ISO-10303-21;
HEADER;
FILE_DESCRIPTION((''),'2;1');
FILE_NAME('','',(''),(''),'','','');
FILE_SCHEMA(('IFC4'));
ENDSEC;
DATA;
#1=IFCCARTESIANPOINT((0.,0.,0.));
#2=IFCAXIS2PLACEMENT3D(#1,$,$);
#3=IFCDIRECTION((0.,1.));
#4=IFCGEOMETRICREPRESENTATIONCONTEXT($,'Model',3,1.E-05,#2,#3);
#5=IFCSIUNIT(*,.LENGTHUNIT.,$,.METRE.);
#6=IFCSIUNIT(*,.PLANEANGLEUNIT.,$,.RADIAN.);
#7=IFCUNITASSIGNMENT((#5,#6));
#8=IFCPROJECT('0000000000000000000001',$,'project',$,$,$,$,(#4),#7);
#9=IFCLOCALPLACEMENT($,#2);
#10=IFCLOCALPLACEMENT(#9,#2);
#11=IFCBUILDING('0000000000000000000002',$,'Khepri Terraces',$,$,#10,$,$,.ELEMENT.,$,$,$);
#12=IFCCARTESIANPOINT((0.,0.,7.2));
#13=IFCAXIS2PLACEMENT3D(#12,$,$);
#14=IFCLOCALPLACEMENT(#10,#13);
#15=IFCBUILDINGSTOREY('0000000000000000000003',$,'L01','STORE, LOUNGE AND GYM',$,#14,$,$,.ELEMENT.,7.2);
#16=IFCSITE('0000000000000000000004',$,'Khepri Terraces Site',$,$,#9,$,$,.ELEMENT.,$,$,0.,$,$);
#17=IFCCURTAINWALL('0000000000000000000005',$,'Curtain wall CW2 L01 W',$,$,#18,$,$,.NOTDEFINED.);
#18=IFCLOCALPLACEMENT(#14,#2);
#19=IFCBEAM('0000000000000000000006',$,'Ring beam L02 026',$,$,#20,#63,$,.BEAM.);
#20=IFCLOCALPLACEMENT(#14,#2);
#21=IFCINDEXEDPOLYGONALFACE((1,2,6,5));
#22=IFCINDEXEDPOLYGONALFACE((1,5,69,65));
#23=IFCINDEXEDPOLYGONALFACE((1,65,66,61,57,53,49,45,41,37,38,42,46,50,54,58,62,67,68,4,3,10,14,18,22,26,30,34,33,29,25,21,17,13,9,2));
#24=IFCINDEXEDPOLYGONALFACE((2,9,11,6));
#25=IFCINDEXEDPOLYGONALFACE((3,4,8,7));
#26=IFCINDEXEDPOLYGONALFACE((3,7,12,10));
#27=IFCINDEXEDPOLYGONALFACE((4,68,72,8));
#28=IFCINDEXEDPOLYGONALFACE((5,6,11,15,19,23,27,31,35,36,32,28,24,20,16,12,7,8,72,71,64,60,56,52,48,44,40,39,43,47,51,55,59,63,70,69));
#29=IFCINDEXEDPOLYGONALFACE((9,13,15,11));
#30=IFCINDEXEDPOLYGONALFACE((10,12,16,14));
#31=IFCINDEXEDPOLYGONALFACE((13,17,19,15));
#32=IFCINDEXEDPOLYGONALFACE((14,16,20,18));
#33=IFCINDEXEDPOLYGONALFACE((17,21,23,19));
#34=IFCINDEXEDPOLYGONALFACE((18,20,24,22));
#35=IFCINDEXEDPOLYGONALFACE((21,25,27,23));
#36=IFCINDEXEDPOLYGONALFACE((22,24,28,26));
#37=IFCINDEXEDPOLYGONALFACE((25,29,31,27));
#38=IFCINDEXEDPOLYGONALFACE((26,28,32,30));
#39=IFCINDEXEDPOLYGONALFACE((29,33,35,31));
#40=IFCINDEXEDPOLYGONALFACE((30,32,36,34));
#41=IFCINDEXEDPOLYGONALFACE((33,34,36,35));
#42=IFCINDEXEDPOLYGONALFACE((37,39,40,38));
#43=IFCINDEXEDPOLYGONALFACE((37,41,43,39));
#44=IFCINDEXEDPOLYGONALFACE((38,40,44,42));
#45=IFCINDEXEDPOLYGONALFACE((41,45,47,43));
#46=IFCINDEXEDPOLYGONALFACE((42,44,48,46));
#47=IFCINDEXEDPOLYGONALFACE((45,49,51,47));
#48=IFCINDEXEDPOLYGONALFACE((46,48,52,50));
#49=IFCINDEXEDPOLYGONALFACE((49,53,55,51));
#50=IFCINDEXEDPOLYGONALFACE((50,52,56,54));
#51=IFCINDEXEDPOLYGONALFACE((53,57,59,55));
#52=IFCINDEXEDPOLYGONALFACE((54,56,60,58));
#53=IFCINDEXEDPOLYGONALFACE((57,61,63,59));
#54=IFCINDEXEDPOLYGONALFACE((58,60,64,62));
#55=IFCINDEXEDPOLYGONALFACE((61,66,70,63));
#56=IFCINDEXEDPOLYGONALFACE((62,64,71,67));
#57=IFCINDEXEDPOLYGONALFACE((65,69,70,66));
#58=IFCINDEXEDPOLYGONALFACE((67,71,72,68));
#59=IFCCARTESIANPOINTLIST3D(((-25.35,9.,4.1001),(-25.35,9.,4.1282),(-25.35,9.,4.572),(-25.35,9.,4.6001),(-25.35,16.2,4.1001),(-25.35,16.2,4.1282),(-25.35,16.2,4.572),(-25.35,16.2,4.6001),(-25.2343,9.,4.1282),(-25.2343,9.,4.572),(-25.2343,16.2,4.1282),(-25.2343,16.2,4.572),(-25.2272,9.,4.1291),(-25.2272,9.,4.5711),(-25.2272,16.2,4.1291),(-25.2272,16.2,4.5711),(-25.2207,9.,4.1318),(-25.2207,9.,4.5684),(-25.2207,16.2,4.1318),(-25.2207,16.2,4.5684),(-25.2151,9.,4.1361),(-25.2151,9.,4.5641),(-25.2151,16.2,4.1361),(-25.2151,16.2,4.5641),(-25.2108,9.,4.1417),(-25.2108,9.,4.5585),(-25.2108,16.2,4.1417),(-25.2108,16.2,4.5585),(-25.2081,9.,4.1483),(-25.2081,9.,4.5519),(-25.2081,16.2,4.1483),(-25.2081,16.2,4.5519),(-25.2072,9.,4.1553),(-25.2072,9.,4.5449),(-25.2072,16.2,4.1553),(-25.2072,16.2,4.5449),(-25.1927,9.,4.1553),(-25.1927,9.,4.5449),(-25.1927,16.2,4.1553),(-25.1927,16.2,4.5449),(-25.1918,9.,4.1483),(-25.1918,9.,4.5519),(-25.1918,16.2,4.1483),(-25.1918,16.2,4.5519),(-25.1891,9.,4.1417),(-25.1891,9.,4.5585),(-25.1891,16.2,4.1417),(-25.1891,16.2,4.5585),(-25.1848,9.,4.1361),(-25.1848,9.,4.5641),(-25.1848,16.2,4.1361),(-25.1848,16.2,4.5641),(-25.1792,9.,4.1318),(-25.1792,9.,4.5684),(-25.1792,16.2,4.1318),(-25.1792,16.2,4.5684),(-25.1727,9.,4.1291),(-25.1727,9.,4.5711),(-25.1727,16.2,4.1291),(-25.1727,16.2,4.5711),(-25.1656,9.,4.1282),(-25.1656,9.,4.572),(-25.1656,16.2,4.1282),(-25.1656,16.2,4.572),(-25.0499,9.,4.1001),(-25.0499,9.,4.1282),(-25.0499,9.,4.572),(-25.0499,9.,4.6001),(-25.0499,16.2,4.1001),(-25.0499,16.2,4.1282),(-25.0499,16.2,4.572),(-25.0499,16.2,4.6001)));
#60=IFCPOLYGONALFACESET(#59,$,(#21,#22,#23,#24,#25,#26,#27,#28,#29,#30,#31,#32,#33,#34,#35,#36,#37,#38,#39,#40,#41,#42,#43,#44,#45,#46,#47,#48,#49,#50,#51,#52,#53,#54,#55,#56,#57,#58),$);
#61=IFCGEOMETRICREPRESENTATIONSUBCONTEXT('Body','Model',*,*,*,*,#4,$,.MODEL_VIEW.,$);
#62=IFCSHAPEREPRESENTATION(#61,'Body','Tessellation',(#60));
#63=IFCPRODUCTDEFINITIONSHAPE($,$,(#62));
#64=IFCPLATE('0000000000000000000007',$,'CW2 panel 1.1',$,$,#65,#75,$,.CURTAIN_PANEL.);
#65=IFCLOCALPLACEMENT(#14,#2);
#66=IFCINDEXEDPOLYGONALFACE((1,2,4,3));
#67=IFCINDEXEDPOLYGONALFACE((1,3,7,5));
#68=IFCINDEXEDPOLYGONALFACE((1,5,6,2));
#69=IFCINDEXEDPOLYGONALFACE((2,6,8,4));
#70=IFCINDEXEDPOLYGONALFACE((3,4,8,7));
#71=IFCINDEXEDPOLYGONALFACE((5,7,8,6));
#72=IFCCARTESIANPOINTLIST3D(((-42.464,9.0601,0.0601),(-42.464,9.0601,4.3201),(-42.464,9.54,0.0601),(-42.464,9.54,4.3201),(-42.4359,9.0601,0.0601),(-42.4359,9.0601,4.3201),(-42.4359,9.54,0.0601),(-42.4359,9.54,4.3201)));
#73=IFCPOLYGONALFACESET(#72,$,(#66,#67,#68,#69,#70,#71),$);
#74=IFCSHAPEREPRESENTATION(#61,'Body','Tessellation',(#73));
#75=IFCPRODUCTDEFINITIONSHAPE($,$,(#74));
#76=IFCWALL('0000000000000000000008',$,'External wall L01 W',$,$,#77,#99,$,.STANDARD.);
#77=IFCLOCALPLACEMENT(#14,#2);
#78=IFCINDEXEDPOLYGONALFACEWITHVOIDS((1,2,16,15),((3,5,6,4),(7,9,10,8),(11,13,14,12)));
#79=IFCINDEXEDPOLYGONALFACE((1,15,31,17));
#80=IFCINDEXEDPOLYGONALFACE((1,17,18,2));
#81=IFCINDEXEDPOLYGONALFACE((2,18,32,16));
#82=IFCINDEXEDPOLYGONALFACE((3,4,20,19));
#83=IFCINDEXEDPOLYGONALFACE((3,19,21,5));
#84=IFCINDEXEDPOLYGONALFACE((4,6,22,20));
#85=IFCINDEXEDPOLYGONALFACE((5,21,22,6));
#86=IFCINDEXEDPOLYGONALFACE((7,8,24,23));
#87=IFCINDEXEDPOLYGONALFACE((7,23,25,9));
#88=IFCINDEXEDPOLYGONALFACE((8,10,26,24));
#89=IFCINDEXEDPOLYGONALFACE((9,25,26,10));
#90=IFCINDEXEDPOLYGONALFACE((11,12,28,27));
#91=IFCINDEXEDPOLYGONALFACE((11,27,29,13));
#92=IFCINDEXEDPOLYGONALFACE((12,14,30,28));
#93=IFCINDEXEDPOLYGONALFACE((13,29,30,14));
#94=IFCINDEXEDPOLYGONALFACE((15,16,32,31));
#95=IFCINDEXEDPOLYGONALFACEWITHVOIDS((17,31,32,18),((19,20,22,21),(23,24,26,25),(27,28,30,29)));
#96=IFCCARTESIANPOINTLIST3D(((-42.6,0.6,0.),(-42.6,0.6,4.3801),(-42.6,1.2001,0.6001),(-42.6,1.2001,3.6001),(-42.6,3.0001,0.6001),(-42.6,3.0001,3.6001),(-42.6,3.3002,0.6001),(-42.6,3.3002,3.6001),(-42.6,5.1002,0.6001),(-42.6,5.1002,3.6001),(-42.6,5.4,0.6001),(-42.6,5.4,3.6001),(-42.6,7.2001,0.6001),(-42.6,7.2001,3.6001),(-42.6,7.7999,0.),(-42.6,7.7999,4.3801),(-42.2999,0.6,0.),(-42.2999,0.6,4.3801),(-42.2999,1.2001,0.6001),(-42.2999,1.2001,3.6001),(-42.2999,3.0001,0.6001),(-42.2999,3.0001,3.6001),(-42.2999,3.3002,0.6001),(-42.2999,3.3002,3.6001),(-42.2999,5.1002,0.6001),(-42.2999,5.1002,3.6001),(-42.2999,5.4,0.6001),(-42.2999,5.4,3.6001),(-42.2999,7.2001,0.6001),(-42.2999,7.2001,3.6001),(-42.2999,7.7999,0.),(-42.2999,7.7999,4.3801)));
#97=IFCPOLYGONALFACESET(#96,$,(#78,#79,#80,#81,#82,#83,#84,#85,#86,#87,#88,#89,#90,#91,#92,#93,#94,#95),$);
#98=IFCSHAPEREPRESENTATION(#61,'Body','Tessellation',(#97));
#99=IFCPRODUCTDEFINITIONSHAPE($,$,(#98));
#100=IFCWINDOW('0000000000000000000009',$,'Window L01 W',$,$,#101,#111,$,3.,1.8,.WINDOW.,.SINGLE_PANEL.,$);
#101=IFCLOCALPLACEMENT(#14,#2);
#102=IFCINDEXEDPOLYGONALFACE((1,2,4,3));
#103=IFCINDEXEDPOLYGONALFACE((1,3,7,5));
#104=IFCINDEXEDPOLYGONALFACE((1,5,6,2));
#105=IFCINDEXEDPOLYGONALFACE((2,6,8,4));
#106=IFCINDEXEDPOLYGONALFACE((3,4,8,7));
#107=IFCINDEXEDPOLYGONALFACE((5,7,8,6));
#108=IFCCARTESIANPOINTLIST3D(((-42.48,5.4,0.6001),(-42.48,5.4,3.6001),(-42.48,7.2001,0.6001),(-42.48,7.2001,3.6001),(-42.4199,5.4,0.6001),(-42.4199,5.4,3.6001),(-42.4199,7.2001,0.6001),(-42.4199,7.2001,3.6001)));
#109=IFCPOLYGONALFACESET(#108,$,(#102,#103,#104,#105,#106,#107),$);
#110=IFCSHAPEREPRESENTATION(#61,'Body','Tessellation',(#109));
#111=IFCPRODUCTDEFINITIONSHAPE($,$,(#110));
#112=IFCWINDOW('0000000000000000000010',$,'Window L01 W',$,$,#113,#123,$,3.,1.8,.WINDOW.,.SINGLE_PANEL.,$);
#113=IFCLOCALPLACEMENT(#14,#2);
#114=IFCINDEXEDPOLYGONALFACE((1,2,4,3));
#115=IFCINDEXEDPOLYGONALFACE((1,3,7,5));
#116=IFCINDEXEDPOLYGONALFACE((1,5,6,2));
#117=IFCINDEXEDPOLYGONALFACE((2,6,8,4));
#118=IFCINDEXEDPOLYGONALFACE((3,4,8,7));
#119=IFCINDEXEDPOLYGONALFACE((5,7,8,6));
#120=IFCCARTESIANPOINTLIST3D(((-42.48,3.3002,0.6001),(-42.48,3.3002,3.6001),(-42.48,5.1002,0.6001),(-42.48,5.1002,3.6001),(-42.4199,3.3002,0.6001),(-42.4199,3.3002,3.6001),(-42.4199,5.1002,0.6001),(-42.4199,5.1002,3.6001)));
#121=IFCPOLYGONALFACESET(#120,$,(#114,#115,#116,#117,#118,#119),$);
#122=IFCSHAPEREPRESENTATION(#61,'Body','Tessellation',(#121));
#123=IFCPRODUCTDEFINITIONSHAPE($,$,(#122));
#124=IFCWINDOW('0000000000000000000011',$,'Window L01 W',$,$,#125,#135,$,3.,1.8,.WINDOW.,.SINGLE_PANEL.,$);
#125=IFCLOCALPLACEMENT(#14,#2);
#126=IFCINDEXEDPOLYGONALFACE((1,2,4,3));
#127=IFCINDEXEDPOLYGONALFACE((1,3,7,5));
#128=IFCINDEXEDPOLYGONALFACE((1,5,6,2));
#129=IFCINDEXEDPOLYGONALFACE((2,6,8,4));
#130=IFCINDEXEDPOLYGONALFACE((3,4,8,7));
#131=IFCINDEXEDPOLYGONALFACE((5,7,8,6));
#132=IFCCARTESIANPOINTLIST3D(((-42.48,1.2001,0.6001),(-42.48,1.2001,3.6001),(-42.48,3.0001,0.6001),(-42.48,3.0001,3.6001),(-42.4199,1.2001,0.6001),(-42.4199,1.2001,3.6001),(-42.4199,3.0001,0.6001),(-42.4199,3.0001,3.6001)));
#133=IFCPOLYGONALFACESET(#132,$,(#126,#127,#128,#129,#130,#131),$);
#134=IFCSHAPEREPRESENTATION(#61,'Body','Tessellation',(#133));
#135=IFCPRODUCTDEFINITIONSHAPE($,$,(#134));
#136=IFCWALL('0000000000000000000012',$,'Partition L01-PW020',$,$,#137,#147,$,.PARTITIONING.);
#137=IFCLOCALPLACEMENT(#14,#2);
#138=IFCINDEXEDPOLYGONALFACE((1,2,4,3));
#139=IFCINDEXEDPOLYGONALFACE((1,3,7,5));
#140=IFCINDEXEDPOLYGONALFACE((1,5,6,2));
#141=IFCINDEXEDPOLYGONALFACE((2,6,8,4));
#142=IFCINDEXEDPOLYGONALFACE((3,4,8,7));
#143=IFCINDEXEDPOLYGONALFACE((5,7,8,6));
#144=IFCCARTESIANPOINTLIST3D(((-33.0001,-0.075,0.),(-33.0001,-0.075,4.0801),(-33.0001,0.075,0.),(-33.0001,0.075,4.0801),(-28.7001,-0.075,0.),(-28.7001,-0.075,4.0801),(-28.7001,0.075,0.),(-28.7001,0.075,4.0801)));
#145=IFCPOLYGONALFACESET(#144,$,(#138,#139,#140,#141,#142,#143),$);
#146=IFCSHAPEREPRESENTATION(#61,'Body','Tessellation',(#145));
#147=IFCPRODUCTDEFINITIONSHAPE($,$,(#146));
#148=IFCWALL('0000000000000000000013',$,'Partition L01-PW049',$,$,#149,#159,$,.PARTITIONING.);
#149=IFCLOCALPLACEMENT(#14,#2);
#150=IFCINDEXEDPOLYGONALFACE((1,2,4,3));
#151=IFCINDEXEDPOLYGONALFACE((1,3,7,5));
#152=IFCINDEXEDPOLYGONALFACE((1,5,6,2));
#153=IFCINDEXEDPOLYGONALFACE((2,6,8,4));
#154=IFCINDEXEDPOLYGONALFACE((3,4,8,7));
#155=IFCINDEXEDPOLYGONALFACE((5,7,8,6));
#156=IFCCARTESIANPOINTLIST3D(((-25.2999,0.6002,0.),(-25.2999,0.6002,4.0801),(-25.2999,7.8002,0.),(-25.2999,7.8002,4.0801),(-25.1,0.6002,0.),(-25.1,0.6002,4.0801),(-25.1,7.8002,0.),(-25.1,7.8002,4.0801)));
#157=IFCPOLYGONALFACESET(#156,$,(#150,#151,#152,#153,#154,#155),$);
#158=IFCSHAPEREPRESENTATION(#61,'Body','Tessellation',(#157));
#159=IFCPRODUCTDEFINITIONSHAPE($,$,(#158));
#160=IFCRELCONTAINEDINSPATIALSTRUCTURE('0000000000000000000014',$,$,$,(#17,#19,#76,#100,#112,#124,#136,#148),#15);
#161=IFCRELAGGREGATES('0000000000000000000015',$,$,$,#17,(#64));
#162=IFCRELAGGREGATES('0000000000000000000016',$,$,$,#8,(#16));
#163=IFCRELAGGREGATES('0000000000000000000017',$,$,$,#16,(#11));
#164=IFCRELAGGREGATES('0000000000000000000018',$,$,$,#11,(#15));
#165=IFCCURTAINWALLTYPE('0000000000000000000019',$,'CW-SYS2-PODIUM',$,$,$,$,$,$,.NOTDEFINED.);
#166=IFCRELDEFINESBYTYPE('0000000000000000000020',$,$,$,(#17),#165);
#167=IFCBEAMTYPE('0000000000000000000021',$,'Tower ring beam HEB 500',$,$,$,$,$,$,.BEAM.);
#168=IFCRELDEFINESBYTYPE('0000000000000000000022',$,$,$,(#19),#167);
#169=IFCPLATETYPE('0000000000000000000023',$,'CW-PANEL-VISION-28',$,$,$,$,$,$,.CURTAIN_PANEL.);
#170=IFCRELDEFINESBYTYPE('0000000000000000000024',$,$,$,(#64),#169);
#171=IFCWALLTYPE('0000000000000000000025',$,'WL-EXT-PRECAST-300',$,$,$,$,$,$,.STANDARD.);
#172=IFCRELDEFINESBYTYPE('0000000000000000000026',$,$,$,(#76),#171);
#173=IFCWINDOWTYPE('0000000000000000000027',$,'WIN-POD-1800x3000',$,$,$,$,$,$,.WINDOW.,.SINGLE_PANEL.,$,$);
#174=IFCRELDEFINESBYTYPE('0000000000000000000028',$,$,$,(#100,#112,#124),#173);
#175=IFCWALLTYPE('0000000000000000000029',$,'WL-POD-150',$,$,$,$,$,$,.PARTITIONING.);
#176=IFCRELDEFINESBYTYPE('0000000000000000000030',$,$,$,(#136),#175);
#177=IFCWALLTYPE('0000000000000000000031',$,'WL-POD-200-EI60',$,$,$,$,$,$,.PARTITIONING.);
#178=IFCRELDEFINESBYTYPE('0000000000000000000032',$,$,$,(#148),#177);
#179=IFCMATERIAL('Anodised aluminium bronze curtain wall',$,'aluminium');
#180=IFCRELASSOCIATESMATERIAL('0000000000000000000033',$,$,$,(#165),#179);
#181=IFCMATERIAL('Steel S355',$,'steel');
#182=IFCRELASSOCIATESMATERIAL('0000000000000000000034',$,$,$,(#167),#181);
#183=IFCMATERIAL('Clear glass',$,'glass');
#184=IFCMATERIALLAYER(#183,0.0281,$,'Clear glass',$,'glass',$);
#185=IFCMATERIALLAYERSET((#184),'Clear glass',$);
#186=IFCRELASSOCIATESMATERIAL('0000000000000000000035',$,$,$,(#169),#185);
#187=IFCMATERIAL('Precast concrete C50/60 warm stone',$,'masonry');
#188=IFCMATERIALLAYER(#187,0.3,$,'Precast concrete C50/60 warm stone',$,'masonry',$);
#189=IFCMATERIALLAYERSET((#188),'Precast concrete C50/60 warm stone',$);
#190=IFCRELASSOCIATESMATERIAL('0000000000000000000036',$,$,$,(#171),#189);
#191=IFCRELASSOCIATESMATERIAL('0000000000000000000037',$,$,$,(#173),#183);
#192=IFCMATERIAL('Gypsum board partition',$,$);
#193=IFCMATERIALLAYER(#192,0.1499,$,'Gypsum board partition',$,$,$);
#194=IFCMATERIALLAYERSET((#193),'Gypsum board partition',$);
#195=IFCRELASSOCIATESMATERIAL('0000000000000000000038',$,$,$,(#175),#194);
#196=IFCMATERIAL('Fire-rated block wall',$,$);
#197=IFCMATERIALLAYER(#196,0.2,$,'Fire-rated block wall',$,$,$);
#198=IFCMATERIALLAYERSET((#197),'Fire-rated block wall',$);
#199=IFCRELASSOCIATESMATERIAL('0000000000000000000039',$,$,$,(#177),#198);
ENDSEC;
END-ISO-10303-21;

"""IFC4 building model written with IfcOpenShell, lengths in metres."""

from ifc_helpers import new_model, si_unit, direction, frame, frame_2d, origin, origin_2d, place, context, subcontext, project, spatial, rectangle, i_section, extrude, material, layer, layer_set, material_profile, profile_set, type_object, element, fill, aggregate, save


model = new_model("IFC4")

# Units and contexts
model_context = context("Model", 3, precision=1e-05, world=origin(), true_north=direction((0.0, 1.0)))
body_context = subcontext(model_context, "Body", "Model", "MODEL_VIEW")
ifc_project = project(units=[si_unit("LENGTHUNIT", "METRE"), si_unit("PLANEANGLEUNIT", "RADIAN")], contexts=[model_context])

# Site, building, storey
site_placement = place(None, origin())
site = spatial("IfcSite", under=ifc_project, at=site_placement, Name="Khepri Terraces Site", CompositionType="ELEMENT", RefElevation=0.0)
building_placement = place(site_placement, origin())
building = spatial("IfcBuilding", under=site, at=building_placement, Name="Khepri Terraces", CompositionType="ELEMENT")
storey_placement = place(building_placement, frame((0.0, 0.0, 7.2)))
storey = spatial("IfcBuildingStorey", under=building, at=storey_placement, Name="L01", Description="STORE, LOUNGE AND GYM", CompositionType="ELEMENT", Elevation=7.2)

# Curtain wall
ifc_material_1 = material(Name="Anodised aluminium bronze curtain wall", Category="aluminium")
curtain_wall_type = type_object("IfcCurtainWallType", Name="CW-SYS2-PODIUM", PredefinedType="NOTDEFINED", material=ifc_material_1)
curtain_wall_placement = place(storey_placement, origin())
curtain_wall = element("IfcCurtainWall", 1, at=curtain_wall_placement, inside=storey, type_object=curtain_wall_type, Name="Curtain wall CW2 L01 W", PredefinedType="NOTDEFINED")

# Beam
ifc_material_2 = material(Name="Steel S355", Category="steel")
ifc_material_profile_1 = material_profile(ifc_material_2, i_section(OverallWidth=0.3, OverallDepth=0.5, WebThickness=0.0144, FlangeThickness=0.0281, FilletRadius=0.0271, at=origin_2d()), Name="Steel S355", Category="steel")
ifc_profile_set_1 = profile_set([ifc_material_profile_1], Name="Steel S355")
beam_type_1 = type_object("IfcBeamType", Name="Tower ring beam HEB 500", PredefinedType="BEAM", material=ifc_profile_set_1)
for number, where, z_axis, x_axis, name in (
    (2, (-25.2, 9.0, 4.3501), (0.0, 1.0, 0.0), (-1.0, 0.0, 0.0), "Ring beam L02 026"),
):
    element("IfcBeam", number, at=place(storey_placement, frame(where, z_axis=z_axis, x_axis=x_axis)), inside=storey, type_object=beam_type_1, Name=name, PredefinedType="BEAM", context=body_context, shape_type="SweptSolid", body=[
        extrude(i_section(OverallWidth=0.3, OverallDepth=0.5, WebThickness=0.0144, FlangeThickness=0.0281, FilletRadius=0.0271, at=origin_2d()), origin(), (0.0, 0.0, 1.0), 7.2),
    ])

# Plate
ifc_material_3 = material(Name="Clear glass", Category="glass")
ifc_layer_1 = layer(ifc_material_3, 0.0281, Name="Clear glass", Category="glass")
ifc_layer_set_1 = layer_set([ifc_layer_1], Name="Clear glass")
plate_type = type_object("IfcPlateType", Name="CW-PANEL-VISION-28", PredefinedType="CURTAIN_PANEL", material=ifc_layer_set_1)
plate_placement = place(storey_placement, frame((-42.45, 9.3, 0.0601), z_axis=(0.0, 0.0, 1.0), x_axis=(0.0, -1.0, 0.0)))
plate = element("IfcPlate", 3, at=plate_placement, type_object=plate_type, Name="CW2 panel 1.1", PredefinedType="CURTAIN_PANEL", context=body_context, shape_type="SweptSolid", body=[
    extrude(rectangle(XDim=0.48, YDim=0.0281, at=origin_2d()), origin(), (0.0, 0.0, 1.0), 4.26),
])
aggregate(curtain_wall, [plate])

# Wall, openings, windows
ifc_material_4 = material(Name="Precast concrete C50/60 warm stone", Category="masonry")
ifc_layer_2 = layer(ifc_material_4, 0.3, Name="Precast concrete C50/60 warm stone", Category="masonry")
ifc_layer_set_2 = layer_set([ifc_layer_2], Name="Precast concrete C50/60 warm stone")
wall_type_1 = type_object("IfcWallType", Name="WL-EXT-PRECAST-300", PredefinedType="STANDARD", material=ifc_layer_set_2)
wall_1_placement = place(storey_placement, frame((-42.45, 7.8, 0.0), z_axis=(0.0, 0.0, 1.0), x_axis=(0.0, -1.0, 0.0)))
wall_1 = element("IfcWall", 4, at=wall_1_placement, inside=storey, type_object=wall_type_1, Name="External wall L01 W", PredefinedType="STANDARD", context=body_context, shape_type="SweptSolid", body=[
    extrude(rectangle(XDim=7.2, YDim=0.3, at=frame_2d((3.6001, 0.0))), origin(), (0.0, 0.0, 1.0), 4.3801),
])
opening_1_placement = place(wall_1_placement, frame((0.6001, 0.0, 0.6001)))
opening_1 = element("IfcOpeningElement", 5, at=opening_1_placement, cuts=wall_1, PredefinedType="OPENING", context=body_context, shape_type="SweptSolid", body=[
    extrude(rectangle(XDim=1.8, YDim=3.0, at=frame_2d((0.8999, 1.5))), frame((0.0, 0.1602, 0.0), z_axis=(0.0, -1.0, 0.0), x_axis=(1.0, 0.0, 0.0)), (0.0, 0.0, 1.0), 0.3201),
])
opening_2_placement = place(wall_1_placement, frame((2.7, 0.0, 0.6001)))
opening_2 = element("IfcOpeningElement", 6, at=opening_2_placement, cuts=wall_1, PredefinedType="OPENING", context=body_context, shape_type="SweptSolid", body=[
    extrude(rectangle(XDim=1.8, YDim=3.0, at=frame_2d((0.8999, 1.5))), frame((0.0, 0.1602, 0.0), z_axis=(0.0, -1.0, 0.0), x_axis=(1.0, 0.0, 0.0)), (0.0, 0.0, 1.0), 0.3201),
])
opening_3_placement = place(wall_1_placement, frame((4.8, 0.0, 0.6001)))
opening_3 = element("IfcOpeningElement", 7, at=opening_3_placement, cuts=wall_1, PredefinedType="OPENING", context=body_context, shape_type="SweptSolid", body=[
    extrude(rectangle(XDim=1.8, YDim=3.0, at=frame_2d((0.8999, 1.5))), frame((0.0, 0.1602, 0.0), z_axis=(0.0, -1.0, 0.0), x_axis=(1.0, 0.0, 0.0)), (0.0, 0.0, 1.0), 0.3201),
])
window_type = type_object("IfcWindowType", Name="WIN-POD-1800x3000", PartitioningType="SINGLE_PANEL", PredefinedType="WINDOW", material=ifc_material_3)
window_1_placement = place(opening_1_placement, origin())
window_1 = element("IfcWindow", 8, at=window_1_placement, inside=storey, type_object=window_type, Name="Window L01 W", OverallHeight=3.0, OverallWidth=1.8, PartitioningType="SINGLE_PANEL", PredefinedType="WINDOW", context=body_context, shape_type="SweptSolid", body=[
    extrude(rectangle(XDim=1.8, YDim=3.0, at=frame_2d((0.8999, 1.5))), frame((0.0, 0.03, 0.0), z_axis=(0.0, -1.0, 0.0), x_axis=(1.0, 0.0, 0.0)), (0.0, 0.0, 1.0), 0.0601),
])
fill(opening_1, window_1)
window_2_placement = place(opening_2_placement, origin())
window_2 = element("IfcWindow", 9, at=window_2_placement, inside=storey, type_object=window_type, Name="Window L01 W", OverallHeight=3.0, OverallWidth=1.8, PartitioningType="SINGLE_PANEL", PredefinedType="WINDOW", context=body_context, shape_type="SweptSolid", body=[
    extrude(rectangle(XDim=1.8, YDim=3.0, at=frame_2d((0.8999, 1.5))), frame((0.0, 0.03, 0.0), z_axis=(0.0, -1.0, 0.0), x_axis=(1.0, 0.0, 0.0)), (0.0, 0.0, 1.0), 0.0601),
])
fill(opening_2, window_2)
window_3_placement = place(opening_3_placement, origin())
window_3 = element("IfcWindow", 10, at=window_3_placement, inside=storey, type_object=window_type, Name="Window L01 W", OverallHeight=3.0, OverallWidth=1.8, PartitioningType="SINGLE_PANEL", PredefinedType="WINDOW", context=body_context, shape_type="SweptSolid", body=[
    extrude(rectangle(XDim=1.8, YDim=3.0, at=frame_2d((0.8999, 1.5))), frame((0.0, 0.03, 0.0), z_axis=(0.0, -1.0, 0.0), x_axis=(1.0, 0.0, 0.0)), (0.0, 0.0, 1.0), 0.0601),
])
fill(opening_3, window_3)

# Walls
ifc_material_5 = material(Name="Gypsum board partition")
ifc_layer_3 = layer(ifc_material_5, 0.1499, Name="Gypsum board partition")
ifc_layer_set_3 = layer_set([ifc_layer_3], Name="Gypsum board partition")
wall_type_2 = type_object("IfcWallType", Name="WL-POD-150", PredefinedType="PARTITIONING", material=ifc_layer_set_3)
wall_2_placement = place(storey_placement, frame((-33.0, 0.0, 0.0), z_axis=(0.0, 0.0, 1.0), x_axis=(1.0, 0.0, 0.0)))
element("IfcWall", 11, at=wall_2_placement, inside=storey, type_object=wall_type_2, Name="Partition L01-PW020", PredefinedType="PARTITIONING", context=body_context, shape_type="SweptSolid", body=[
    extrude(rectangle(XDim=4.3, YDim=0.1499, at=frame_2d((2.1499, 0.0))), origin(), (0.0, 0.0, 1.0), 4.0801),
])
ifc_material_6 = material(Name="Fire-rated block wall")
ifc_layer_4 = layer(ifc_material_6, 0.2, Name="Fire-rated block wall")
ifc_layer_set_4 = layer_set([ifc_layer_4], Name="Fire-rated block wall")
wall_type_3 = type_object("IfcWallType", Name="WL-POD-200-EI60", PredefinedType="PARTITIONING", material=ifc_layer_set_4)
wall_3_placement = place(storey_placement, frame((-25.2, 0.6001, 0.0), z_axis=(0.0, 0.0, 1.0), x_axis=(0.0, 1.0, 0.0)))
element("IfcWall", 12, at=wall_3_placement, inside=storey, type_object=wall_type_3, Name="Partition L01-PW049", PredefinedType="PARTITIONING", context=body_context, shape_type="SweptSolid", body=[
    extrude(rectangle(XDim=7.2, YDim=0.2, at=frame_2d((3.6001, 0.0))), origin(), (0.0, 0.0, 1.0), 4.0801),
])

save(model, "model.ifc")
